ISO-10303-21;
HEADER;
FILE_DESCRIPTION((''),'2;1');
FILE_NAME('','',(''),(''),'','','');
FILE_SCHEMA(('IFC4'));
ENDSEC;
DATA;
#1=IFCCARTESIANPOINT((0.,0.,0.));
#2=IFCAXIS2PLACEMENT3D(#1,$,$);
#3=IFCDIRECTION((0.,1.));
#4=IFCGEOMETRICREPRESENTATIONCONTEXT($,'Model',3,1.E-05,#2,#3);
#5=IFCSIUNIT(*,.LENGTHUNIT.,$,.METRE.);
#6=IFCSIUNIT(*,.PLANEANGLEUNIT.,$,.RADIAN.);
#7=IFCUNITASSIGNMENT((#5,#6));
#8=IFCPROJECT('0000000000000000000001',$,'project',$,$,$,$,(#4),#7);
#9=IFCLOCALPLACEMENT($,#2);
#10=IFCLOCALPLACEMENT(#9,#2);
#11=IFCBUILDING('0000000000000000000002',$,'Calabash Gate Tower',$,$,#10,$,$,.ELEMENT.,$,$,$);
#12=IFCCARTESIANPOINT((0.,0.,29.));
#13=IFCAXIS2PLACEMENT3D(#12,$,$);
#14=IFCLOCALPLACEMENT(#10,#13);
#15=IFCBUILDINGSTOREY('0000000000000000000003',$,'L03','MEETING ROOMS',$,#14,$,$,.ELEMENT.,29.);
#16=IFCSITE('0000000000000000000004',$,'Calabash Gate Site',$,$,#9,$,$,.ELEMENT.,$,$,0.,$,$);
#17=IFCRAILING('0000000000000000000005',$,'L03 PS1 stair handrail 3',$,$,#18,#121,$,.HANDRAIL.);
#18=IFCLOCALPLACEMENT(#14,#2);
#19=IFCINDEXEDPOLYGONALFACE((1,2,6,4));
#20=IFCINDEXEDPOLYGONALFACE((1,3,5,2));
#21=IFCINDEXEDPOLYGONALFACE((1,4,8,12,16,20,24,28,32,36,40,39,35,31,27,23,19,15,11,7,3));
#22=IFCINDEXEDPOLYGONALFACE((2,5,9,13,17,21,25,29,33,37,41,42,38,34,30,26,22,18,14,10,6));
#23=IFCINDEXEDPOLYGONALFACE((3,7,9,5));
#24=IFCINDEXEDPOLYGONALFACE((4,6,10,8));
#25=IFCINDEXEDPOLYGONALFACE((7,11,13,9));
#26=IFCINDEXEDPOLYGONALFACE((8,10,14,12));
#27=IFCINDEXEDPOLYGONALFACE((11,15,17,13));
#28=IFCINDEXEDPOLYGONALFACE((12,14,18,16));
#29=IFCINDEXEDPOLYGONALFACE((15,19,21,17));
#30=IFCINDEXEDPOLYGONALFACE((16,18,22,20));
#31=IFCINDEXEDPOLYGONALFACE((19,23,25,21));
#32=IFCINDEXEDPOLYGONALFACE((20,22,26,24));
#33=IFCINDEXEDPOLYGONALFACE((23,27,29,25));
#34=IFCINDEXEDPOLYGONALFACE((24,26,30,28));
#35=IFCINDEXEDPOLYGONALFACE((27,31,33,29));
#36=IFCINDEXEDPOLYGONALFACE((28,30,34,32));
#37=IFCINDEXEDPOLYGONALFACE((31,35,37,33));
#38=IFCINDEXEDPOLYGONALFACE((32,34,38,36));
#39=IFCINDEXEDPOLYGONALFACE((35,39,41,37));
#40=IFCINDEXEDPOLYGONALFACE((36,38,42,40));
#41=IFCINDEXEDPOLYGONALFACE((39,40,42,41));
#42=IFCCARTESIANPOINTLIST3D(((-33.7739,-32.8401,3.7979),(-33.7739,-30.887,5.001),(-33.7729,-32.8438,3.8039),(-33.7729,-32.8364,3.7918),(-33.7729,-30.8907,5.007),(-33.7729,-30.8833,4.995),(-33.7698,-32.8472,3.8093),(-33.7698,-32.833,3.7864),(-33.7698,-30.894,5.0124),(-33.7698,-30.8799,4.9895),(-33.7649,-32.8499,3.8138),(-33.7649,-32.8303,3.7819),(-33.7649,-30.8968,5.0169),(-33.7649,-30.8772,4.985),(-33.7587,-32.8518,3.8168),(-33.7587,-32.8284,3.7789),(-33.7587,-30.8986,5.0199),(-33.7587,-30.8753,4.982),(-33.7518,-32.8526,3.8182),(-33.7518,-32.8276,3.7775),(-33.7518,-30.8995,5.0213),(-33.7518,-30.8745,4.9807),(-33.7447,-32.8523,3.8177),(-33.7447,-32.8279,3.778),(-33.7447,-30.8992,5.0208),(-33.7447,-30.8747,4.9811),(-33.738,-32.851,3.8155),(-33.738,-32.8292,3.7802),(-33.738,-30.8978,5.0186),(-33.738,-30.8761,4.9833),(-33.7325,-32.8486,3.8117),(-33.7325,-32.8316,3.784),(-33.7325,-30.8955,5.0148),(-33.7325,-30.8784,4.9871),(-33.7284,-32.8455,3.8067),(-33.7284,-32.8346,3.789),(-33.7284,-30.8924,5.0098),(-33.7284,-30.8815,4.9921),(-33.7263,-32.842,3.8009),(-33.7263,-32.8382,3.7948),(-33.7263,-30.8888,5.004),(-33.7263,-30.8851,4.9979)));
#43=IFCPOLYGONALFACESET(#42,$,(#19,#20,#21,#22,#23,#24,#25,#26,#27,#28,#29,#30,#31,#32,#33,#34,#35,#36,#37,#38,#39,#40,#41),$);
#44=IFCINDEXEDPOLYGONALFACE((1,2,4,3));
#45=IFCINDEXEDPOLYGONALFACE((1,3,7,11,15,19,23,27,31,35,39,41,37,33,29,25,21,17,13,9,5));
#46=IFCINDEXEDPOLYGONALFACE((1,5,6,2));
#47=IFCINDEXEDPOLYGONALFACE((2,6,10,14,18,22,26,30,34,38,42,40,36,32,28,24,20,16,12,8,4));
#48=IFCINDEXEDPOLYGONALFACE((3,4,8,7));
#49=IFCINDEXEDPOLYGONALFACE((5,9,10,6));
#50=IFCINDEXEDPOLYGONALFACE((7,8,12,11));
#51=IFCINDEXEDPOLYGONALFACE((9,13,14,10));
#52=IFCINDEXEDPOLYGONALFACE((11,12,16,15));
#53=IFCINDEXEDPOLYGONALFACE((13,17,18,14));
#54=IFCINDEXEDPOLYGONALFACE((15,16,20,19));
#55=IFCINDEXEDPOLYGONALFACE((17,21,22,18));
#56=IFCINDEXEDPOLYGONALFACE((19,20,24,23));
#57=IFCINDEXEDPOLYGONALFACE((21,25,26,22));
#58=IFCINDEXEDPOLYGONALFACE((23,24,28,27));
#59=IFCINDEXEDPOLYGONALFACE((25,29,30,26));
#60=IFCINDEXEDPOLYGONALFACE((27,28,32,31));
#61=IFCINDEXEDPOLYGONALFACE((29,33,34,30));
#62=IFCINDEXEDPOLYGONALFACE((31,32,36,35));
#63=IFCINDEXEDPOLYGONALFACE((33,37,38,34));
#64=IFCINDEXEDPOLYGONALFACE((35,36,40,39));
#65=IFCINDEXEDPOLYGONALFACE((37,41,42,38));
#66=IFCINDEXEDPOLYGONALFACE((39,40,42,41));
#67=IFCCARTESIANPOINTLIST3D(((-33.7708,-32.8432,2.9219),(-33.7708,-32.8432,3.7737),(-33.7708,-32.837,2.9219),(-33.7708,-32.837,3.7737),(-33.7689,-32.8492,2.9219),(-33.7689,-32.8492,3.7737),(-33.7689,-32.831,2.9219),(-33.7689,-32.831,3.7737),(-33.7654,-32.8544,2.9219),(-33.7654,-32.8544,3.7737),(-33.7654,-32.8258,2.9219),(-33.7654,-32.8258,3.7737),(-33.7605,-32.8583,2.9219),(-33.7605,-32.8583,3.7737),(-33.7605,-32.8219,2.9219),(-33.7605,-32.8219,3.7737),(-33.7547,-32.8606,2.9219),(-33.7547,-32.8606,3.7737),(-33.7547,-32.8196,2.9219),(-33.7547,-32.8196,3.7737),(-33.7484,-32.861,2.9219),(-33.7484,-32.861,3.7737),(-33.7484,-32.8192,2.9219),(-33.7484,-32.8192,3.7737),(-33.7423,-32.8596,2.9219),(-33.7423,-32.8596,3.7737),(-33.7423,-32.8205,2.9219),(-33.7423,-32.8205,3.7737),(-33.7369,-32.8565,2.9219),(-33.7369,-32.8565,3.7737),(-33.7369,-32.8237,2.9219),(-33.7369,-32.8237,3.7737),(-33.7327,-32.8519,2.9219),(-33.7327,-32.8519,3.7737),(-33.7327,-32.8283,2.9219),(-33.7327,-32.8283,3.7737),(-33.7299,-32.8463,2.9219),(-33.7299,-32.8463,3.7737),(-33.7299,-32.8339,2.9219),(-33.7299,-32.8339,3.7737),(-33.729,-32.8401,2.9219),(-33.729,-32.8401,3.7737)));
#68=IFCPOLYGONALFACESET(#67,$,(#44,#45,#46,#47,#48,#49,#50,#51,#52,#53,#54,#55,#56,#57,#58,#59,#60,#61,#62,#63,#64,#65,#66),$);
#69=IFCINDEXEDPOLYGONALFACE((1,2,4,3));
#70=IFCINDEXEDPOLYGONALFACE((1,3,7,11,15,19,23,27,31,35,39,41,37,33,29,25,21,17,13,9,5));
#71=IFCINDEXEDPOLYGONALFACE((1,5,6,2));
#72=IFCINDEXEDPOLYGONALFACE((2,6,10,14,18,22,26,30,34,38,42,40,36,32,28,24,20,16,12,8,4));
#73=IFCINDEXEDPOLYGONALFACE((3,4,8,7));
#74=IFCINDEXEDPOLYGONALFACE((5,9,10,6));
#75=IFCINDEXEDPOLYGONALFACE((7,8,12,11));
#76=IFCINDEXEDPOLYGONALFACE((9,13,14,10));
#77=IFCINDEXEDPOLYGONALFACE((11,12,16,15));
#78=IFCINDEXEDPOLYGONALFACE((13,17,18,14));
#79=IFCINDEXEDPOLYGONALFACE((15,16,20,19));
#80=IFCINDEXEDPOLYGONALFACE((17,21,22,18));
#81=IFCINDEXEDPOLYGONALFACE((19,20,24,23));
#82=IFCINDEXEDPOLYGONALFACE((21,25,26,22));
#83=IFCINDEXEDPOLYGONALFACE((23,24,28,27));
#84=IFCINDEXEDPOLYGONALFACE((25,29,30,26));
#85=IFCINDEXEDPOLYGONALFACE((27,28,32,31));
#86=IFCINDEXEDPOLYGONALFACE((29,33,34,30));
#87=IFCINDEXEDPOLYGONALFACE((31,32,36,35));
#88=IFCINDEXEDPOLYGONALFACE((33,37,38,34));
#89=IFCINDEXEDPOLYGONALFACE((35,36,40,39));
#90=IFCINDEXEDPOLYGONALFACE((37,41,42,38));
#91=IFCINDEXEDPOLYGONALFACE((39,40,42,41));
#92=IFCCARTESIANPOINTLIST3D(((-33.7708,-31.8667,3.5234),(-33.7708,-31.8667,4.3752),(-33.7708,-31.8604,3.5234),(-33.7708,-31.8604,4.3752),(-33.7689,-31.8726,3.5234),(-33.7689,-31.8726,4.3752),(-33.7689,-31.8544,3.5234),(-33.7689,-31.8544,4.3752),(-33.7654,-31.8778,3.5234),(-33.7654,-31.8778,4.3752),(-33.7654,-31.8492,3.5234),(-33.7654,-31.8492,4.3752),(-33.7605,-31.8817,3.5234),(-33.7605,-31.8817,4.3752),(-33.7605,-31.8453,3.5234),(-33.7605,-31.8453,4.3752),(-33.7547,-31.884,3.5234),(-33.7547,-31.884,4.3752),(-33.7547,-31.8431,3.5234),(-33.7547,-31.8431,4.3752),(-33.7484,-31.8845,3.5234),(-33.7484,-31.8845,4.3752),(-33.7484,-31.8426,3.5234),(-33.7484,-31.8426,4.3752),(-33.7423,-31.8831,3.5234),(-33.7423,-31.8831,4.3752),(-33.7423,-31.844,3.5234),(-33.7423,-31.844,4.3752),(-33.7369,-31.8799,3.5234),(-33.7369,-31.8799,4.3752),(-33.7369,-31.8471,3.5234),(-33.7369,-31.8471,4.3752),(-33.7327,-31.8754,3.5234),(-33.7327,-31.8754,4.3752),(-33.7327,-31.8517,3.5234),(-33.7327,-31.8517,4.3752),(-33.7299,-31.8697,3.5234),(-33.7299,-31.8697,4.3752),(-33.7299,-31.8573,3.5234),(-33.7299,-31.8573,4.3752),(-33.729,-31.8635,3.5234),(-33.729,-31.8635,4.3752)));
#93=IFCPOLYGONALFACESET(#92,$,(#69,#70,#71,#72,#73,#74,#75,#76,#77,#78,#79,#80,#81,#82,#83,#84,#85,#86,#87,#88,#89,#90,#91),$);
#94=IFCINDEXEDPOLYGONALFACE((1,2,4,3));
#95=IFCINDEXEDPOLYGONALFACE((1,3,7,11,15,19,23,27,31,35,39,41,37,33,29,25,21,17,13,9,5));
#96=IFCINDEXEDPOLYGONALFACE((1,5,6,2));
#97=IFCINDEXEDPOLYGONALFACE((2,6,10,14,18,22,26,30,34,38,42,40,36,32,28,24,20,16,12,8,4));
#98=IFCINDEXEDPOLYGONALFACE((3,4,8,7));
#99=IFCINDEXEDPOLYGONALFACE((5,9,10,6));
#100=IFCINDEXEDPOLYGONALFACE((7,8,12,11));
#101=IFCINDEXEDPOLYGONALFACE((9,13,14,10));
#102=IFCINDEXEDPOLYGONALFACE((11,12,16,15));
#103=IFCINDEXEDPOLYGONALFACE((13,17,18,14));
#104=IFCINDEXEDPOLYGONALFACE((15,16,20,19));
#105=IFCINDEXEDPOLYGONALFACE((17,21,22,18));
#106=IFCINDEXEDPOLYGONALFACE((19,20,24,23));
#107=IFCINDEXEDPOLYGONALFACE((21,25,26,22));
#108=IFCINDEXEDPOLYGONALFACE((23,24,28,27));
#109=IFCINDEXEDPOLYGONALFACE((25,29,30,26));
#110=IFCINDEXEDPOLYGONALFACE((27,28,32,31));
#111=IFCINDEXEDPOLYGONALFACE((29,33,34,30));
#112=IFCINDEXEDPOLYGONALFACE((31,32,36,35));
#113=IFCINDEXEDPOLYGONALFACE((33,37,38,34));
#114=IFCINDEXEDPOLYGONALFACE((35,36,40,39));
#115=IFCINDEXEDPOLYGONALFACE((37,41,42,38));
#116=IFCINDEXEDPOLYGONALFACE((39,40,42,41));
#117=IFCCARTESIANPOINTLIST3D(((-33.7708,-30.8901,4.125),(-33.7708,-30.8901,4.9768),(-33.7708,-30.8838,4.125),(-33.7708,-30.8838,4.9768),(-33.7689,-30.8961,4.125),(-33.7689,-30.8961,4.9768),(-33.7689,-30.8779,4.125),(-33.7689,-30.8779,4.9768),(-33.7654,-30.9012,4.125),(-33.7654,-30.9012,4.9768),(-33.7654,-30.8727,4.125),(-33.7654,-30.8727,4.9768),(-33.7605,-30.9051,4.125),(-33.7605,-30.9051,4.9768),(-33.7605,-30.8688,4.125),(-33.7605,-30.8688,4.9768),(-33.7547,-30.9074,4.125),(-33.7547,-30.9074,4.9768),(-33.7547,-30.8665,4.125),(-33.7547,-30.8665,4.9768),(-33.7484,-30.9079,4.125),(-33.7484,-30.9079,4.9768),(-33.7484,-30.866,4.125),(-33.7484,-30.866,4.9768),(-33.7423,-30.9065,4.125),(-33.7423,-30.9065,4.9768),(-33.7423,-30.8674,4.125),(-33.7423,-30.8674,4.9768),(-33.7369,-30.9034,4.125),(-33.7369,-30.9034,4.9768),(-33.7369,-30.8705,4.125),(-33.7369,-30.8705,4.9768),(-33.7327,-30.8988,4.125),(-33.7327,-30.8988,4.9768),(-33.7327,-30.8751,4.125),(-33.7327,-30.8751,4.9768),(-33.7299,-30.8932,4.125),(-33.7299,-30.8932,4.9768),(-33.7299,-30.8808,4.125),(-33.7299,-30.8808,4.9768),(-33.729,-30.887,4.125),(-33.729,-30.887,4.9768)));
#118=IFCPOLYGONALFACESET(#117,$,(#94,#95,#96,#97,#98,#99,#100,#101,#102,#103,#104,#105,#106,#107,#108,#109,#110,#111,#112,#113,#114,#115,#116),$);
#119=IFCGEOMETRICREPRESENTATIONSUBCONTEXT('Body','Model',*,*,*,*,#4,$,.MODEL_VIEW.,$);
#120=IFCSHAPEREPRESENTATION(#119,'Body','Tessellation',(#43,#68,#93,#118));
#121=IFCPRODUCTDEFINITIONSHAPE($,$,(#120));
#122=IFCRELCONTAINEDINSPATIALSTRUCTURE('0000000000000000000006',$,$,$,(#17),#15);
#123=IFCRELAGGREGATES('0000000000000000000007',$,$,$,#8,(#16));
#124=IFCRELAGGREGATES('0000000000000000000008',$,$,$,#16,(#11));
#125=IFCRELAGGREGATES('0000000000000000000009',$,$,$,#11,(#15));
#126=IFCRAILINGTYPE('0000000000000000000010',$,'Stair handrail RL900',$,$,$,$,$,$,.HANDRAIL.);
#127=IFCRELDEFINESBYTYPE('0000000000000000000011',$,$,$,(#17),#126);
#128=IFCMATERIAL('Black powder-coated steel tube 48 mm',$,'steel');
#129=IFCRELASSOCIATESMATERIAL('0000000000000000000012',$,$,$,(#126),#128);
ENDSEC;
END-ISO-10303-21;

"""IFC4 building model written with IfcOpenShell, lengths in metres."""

from ifc_helpers import new_model, si_unit, direction, frame, origin, origin_2d, place, context, subcontext, project, spatial, circle, extrude, material, type_object, element, save


model = new_model("IFC4")

# Units and contexts
model_context = context("Model", 3, precision=1e-05, world=origin(), true_north=direction((0.0, 1.0)))
body_context = subcontext(model_context, "Body", "Model", "MODEL_VIEW")
ifc_project = project(units=[si_unit("LENGTHUNIT", "METRE"), si_unit("PLANEANGLEUNIT", "RADIAN")], contexts=[model_context])

# Site, building, storey
site_placement = place(None, origin())
site = spatial("IfcSite", under=ifc_project, at=site_placement, Name="Calabash Gate Site", CompositionType="ELEMENT", RefElevation=0.0)
building_placement = place(site_placement, origin())
building = spatial("IfcBuilding", under=site, at=building_placement, Name="Calabash Gate Tower", CompositionType="ELEMENT")
storey_placement = place(building_placement, frame((0.0, 0.0, 29.0)))
storey = spatial("IfcBuildingStorey", under=building, at=storey_placement, Name="L03", Description="MEETING ROOMS", CompositionType="ELEMENT", Elevation=29.0)

# Railing
ifc_material_1 = material(Name="Black powder-coated steel tube 48 mm", Category="steel")
railing_type_1 = type_object("IfcRailingType", Name="Stair handrail RL900", PredefinedType="HANDRAIL", material=ifc_material_1)
railing_1_placement = place(storey_placement, frame((-33.75, -32.8401, 2.9219)))
element("IfcRailing", 1, at=railing_1_placement, inside=storey, type_object=railing_type_1, Name="L03 PS1 stair handrail 3", PredefinedType="HANDRAIL", context=body_context, shape_type="SweptSolid", body=[
    extrude(circle(Radius=0.0239, at=origin_2d()), frame((0.0, 0.0, 0.876), z_axis=(0.0, 0.851424, 0.524477), x_axis=(-1.0, 0.0, 0.0)), (0.0, 0.0, 1.0), 2.2939),
    extrude(circle(Radius=0.021, at=origin_2d()), origin(), (0.0, 0.0, 1.0), 0.8518),
    extrude(circle(Radius=0.021, at=origin_2d()), frame((0.0, 0.9766, 0.6016)), (0.0, 0.0, 1.0), 0.8518),
    extrude(circle(Radius=0.021, at=origin_2d()), frame((0.0, 1.9531, 1.2031)), (0.0, 0.0, 1.0), 0.8518),
])

save(model, "model.ifc")
